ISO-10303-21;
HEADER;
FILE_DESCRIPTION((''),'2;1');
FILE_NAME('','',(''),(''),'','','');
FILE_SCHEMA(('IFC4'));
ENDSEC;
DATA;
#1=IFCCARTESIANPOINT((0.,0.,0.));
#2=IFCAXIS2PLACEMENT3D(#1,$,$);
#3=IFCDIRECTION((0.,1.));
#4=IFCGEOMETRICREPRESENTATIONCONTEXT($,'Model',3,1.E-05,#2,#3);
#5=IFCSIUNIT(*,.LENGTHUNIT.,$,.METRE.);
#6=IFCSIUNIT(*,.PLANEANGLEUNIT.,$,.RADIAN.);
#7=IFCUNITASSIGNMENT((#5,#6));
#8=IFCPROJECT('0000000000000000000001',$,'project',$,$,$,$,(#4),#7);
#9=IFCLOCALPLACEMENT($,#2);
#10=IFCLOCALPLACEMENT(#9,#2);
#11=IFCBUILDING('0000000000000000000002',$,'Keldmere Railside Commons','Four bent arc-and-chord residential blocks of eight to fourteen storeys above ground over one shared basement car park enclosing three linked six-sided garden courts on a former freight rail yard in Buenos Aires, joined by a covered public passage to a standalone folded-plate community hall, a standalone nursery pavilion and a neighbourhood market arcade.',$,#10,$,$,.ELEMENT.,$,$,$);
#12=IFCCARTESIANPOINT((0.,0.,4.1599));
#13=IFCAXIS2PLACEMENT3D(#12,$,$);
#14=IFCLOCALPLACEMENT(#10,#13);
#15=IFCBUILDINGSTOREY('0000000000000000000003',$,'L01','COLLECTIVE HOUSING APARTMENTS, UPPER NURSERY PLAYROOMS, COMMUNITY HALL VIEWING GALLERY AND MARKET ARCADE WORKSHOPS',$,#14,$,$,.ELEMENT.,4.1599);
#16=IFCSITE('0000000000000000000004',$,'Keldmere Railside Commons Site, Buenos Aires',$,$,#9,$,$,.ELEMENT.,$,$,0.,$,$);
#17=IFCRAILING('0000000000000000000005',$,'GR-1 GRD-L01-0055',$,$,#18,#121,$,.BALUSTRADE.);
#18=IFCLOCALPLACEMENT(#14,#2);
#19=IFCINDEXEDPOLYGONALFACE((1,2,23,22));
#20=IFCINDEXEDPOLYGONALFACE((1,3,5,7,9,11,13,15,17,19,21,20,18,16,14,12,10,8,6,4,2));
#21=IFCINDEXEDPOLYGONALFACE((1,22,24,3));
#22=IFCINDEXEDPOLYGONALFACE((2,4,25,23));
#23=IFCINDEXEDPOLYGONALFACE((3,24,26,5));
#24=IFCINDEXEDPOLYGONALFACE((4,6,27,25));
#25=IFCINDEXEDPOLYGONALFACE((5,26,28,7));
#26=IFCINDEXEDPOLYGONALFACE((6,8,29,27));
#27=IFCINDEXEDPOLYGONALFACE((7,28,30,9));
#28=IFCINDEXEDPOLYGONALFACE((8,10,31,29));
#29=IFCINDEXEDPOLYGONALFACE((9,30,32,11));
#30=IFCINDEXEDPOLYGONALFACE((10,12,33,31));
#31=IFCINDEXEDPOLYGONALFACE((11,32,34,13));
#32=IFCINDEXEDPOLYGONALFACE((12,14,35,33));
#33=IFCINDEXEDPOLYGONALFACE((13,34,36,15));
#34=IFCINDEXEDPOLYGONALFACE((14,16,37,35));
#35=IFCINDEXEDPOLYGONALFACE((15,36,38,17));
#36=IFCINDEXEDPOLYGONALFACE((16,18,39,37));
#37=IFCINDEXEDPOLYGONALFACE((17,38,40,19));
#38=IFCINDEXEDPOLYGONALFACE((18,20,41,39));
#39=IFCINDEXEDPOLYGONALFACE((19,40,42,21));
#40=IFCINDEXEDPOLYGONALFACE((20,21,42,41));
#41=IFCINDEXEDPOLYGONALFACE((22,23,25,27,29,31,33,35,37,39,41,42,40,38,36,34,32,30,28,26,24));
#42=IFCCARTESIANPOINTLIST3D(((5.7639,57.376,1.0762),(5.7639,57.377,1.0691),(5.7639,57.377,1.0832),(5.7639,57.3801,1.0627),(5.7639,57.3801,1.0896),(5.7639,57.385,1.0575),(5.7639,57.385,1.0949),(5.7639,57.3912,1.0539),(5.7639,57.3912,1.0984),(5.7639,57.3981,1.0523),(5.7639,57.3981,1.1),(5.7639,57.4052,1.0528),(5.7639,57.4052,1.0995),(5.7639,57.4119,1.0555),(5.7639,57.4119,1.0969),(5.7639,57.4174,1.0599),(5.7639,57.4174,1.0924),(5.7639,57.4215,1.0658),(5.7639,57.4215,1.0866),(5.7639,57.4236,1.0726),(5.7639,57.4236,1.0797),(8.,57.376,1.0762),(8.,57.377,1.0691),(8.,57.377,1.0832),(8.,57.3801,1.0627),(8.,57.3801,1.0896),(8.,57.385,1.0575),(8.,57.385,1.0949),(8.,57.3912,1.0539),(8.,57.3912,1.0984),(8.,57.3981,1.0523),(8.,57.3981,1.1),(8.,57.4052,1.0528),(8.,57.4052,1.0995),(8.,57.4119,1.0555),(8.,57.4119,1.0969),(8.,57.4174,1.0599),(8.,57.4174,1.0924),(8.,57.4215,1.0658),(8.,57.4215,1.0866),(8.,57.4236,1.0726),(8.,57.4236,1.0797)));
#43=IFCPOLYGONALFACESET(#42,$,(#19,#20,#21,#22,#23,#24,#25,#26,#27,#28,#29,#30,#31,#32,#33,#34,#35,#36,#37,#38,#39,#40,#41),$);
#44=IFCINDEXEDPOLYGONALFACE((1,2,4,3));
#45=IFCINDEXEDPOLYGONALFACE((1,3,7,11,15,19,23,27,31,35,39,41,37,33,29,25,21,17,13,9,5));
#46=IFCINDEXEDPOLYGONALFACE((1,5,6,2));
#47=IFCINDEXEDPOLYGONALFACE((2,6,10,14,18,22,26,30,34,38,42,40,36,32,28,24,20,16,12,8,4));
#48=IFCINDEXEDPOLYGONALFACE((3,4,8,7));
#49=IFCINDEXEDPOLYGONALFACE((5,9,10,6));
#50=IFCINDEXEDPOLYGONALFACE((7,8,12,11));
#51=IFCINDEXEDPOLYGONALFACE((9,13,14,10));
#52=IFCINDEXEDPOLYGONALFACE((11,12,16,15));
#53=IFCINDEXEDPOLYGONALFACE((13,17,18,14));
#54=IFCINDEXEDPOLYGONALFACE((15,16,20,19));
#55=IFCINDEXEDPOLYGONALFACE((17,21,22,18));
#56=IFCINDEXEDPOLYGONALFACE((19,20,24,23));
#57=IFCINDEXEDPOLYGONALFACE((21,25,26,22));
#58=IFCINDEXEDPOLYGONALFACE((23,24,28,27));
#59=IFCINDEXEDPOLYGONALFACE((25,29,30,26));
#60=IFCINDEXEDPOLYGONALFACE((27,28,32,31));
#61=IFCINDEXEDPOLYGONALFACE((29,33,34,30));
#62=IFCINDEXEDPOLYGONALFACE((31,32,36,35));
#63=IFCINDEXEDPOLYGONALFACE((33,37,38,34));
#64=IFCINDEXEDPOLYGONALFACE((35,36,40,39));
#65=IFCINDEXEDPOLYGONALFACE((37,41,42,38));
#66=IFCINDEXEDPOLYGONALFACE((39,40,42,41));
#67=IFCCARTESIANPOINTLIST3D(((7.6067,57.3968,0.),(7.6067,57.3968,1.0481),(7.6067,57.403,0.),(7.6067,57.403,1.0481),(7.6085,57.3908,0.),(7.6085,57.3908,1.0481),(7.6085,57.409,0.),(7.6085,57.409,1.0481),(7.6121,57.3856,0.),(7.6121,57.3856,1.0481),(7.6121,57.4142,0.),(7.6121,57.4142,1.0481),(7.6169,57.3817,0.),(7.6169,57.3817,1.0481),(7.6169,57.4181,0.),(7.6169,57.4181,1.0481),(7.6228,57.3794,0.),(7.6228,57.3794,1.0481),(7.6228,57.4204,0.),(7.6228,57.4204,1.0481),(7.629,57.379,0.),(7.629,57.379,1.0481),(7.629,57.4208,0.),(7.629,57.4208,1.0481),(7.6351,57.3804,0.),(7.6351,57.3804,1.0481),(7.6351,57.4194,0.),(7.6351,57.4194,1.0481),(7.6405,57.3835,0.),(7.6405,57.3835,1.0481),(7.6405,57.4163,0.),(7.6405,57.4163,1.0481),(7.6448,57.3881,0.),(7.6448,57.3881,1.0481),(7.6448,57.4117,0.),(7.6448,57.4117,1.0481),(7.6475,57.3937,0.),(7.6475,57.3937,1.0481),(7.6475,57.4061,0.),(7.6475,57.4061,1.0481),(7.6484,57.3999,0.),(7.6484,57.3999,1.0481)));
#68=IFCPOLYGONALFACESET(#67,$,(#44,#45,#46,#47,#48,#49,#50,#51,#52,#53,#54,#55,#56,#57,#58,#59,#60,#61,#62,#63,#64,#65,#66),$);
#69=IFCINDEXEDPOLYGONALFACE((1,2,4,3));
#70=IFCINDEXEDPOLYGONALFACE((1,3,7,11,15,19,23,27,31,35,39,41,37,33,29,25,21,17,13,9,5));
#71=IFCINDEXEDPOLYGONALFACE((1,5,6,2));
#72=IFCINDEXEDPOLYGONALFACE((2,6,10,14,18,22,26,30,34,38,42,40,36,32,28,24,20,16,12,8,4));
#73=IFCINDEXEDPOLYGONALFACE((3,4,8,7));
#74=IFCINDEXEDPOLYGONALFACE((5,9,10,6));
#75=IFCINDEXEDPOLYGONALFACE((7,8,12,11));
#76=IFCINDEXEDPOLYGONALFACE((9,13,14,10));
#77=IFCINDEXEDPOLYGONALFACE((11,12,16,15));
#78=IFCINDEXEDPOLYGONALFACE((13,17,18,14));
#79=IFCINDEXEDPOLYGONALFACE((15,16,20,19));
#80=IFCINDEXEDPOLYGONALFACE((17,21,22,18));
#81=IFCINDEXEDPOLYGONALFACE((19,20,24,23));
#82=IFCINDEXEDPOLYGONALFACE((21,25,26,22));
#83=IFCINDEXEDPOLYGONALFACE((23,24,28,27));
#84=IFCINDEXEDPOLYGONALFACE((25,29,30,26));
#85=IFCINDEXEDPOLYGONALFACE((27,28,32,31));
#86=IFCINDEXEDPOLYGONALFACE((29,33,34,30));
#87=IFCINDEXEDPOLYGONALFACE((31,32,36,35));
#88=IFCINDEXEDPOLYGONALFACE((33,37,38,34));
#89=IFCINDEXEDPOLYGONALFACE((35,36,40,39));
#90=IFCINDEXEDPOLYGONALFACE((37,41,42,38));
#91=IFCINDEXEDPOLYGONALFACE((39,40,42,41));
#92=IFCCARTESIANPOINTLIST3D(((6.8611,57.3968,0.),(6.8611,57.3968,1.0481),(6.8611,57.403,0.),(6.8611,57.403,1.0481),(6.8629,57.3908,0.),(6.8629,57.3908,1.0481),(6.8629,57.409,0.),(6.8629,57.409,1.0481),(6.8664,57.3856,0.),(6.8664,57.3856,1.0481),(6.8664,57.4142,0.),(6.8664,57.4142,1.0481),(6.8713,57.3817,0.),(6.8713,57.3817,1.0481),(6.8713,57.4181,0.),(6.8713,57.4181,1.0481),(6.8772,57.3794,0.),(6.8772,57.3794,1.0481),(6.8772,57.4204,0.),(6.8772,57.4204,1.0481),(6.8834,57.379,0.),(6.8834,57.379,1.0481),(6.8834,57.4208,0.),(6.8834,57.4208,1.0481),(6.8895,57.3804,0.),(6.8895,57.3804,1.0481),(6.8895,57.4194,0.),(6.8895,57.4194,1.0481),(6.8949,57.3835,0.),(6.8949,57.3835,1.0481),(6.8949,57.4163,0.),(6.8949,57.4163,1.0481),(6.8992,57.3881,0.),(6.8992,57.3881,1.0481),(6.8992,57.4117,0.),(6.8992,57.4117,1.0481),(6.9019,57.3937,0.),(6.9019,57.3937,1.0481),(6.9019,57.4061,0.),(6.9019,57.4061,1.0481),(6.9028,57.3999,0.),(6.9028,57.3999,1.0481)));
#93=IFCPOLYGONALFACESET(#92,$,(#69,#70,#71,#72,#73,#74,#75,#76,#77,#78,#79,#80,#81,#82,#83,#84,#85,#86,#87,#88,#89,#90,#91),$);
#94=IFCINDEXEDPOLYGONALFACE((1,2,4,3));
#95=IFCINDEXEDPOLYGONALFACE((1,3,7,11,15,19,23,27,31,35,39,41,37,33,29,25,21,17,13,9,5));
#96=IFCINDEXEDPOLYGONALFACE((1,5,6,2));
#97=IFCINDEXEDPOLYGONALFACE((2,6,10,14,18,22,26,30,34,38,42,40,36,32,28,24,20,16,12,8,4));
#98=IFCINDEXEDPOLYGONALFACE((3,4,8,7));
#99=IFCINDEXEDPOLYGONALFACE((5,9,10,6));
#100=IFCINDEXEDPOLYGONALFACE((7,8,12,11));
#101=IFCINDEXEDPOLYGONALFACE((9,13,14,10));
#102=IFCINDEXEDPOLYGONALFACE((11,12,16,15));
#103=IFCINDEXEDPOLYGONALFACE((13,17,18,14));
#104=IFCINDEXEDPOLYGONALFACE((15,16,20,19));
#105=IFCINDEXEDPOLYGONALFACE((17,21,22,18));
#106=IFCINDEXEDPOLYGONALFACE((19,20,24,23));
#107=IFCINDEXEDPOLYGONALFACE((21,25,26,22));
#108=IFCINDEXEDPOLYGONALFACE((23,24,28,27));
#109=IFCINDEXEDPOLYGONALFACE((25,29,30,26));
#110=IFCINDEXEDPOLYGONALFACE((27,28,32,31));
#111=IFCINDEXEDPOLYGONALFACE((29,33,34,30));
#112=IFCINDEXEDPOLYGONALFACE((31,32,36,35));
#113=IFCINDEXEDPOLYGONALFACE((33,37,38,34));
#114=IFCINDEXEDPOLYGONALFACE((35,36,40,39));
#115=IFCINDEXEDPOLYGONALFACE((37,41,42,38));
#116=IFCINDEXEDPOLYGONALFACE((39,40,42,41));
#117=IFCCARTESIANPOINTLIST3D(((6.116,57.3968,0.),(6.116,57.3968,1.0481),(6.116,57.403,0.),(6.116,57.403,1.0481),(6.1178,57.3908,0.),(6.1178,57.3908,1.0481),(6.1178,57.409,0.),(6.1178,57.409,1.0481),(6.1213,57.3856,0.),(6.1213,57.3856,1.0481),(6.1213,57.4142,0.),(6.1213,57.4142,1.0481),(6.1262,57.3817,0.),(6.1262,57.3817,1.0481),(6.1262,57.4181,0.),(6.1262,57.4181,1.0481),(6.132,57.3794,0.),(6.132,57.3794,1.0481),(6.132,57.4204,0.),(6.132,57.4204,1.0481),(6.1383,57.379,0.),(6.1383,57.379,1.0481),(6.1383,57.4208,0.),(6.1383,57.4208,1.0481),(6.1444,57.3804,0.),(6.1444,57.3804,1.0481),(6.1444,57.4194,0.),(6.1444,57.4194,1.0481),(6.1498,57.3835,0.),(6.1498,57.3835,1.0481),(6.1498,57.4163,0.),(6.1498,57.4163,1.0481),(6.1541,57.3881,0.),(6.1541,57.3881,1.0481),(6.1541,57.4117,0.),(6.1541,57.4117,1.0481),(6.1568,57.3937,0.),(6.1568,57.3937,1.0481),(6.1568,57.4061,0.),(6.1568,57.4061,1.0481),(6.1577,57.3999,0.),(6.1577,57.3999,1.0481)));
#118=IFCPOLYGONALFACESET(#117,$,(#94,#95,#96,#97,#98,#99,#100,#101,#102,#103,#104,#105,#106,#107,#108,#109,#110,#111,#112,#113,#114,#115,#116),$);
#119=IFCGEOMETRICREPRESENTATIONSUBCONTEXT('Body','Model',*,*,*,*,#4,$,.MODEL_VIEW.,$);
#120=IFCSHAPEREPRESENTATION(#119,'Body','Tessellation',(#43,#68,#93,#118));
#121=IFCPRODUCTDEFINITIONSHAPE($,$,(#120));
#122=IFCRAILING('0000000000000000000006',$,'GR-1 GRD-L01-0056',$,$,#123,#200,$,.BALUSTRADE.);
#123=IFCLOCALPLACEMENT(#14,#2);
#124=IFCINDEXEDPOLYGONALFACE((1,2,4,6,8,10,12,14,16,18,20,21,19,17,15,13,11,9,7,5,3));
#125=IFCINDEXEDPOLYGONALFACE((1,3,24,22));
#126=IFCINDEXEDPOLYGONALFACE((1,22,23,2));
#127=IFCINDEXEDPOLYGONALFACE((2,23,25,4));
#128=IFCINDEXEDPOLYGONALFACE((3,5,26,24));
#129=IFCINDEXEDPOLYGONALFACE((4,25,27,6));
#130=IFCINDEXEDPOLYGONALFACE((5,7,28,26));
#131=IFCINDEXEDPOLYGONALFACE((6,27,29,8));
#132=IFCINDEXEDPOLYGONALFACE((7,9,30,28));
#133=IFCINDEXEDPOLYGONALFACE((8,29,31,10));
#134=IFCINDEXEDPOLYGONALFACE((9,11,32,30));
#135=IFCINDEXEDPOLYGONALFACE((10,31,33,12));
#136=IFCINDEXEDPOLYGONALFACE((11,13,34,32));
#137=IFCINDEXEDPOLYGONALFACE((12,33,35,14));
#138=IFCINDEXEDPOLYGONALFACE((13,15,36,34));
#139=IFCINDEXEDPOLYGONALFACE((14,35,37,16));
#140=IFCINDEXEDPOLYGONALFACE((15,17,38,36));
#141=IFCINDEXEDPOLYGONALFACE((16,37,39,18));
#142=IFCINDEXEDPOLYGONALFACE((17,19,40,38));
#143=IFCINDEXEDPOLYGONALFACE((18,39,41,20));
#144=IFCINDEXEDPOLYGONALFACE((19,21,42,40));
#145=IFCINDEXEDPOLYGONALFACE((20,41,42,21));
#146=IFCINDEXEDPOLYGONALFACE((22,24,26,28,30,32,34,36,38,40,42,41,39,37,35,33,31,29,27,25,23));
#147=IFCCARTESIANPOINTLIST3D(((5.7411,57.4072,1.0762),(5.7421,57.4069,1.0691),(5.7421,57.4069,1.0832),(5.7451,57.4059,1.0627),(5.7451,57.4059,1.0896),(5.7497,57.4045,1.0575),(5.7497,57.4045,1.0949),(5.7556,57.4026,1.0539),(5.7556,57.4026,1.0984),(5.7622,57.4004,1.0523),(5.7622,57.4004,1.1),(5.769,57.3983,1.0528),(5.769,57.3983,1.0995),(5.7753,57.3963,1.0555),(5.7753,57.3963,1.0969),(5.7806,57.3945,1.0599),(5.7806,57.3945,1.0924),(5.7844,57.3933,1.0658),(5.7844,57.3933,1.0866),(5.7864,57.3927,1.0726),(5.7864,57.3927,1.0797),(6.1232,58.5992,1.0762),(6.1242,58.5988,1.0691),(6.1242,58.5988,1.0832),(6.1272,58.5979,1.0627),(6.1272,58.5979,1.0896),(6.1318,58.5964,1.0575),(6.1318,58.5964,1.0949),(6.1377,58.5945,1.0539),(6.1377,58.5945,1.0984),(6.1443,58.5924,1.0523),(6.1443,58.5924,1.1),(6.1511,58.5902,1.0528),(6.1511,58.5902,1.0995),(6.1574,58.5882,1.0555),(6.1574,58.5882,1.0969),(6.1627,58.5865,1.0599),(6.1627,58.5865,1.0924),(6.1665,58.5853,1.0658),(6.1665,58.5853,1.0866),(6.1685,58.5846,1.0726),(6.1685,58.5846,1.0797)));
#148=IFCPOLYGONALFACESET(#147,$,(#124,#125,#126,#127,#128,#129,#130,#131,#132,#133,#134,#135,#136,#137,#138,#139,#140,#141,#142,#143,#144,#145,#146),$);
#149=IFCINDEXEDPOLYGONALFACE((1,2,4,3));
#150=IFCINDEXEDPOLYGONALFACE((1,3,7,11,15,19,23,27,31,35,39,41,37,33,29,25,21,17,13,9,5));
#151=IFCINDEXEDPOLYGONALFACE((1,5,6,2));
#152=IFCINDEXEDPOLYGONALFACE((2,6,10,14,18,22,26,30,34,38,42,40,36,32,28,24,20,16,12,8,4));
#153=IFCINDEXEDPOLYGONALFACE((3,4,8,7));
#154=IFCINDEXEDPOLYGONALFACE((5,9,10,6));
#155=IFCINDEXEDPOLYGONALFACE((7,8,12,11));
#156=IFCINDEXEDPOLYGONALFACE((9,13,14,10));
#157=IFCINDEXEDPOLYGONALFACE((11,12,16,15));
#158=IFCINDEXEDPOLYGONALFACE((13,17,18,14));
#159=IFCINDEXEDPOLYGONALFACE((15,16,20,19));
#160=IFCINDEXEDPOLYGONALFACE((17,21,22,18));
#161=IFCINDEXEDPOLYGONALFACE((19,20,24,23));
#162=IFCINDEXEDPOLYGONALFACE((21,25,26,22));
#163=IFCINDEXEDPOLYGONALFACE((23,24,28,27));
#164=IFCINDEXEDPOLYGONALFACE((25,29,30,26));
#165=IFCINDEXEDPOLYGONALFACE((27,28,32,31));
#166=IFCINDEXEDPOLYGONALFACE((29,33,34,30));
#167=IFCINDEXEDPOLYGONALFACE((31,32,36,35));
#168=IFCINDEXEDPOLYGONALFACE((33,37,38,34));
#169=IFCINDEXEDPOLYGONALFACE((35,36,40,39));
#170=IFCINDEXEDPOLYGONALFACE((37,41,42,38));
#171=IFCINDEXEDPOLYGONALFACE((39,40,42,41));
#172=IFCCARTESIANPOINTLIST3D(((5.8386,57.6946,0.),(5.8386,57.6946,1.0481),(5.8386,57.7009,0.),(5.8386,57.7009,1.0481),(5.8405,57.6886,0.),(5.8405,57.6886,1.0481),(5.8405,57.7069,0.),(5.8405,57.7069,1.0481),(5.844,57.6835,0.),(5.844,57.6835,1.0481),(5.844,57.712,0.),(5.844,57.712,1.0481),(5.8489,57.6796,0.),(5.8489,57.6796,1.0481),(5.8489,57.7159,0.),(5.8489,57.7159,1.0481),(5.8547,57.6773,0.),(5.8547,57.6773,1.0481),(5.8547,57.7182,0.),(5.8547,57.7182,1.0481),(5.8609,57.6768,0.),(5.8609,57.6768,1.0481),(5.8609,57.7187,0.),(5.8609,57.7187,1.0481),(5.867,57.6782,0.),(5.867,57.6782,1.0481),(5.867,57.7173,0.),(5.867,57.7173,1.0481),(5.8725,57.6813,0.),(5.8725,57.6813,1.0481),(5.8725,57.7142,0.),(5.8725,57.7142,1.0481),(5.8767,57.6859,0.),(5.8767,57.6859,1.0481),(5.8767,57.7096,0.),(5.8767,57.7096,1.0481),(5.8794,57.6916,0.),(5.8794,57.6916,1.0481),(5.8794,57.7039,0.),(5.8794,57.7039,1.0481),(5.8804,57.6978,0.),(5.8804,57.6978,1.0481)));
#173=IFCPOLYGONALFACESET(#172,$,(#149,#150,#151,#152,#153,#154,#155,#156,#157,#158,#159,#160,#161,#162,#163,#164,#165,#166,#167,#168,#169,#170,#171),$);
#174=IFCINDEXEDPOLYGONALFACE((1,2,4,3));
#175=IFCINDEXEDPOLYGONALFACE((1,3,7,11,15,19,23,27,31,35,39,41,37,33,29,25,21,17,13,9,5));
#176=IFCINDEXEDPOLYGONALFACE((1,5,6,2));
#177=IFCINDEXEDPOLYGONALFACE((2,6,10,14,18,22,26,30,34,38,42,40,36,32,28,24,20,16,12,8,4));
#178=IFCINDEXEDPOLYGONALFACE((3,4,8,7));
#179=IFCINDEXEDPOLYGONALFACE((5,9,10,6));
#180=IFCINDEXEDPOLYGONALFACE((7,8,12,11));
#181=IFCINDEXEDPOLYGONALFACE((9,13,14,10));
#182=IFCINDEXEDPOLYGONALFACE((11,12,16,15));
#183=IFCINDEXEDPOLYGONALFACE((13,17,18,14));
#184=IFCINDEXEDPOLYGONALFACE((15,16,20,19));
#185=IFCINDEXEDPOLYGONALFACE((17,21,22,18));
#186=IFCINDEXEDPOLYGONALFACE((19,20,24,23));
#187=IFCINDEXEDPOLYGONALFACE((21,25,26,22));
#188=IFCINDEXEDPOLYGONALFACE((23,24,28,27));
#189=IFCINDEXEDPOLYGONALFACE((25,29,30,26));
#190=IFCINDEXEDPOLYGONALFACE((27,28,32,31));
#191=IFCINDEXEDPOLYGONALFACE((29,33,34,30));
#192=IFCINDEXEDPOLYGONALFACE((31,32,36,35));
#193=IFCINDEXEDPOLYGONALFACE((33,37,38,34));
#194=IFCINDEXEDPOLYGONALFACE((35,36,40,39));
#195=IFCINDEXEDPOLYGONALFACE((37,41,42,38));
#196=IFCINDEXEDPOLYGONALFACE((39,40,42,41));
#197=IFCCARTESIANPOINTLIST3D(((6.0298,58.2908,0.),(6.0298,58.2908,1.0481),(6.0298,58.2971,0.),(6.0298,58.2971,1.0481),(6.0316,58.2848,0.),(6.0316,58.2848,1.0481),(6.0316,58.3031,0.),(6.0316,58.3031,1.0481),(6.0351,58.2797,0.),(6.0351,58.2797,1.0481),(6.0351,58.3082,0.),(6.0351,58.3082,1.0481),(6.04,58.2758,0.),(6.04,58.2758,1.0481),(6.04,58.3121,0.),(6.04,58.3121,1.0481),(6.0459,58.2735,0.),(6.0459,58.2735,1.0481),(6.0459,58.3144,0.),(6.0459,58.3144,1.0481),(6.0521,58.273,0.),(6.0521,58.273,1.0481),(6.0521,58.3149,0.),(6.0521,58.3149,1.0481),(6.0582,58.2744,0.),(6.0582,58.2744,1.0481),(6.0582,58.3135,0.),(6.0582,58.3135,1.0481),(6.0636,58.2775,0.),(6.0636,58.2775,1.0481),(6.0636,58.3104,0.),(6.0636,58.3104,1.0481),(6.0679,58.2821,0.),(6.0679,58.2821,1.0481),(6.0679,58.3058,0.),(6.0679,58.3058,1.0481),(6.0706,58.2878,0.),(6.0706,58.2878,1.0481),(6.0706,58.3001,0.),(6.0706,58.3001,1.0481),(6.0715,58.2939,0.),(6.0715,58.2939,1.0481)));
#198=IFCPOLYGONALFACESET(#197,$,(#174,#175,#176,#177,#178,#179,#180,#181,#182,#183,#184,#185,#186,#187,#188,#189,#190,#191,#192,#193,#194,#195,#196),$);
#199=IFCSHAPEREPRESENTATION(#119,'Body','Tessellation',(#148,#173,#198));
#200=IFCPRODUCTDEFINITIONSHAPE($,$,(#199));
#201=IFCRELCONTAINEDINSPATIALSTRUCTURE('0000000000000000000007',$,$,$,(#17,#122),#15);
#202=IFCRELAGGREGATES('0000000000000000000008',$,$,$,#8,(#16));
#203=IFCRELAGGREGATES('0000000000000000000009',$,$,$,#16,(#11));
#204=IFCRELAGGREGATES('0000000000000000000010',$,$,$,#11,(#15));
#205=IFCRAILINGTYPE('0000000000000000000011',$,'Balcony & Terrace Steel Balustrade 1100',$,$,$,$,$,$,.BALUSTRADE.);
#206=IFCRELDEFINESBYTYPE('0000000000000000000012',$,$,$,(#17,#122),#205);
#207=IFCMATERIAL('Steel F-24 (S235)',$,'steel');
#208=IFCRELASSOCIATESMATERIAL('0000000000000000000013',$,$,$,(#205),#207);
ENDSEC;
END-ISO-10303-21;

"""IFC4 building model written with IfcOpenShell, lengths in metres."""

from ifc_helpers import new_model, si_unit, direction, frame, origin, origin_2d, place, context, subcontext, project, spatial, circle, extrude, material, type_object, element, save


model = new_model("IFC4")

# Units and contexts
model_context = context("Model", 3, precision=1e-05, world=origin(), true_north=direction((0.0, 1.0)))
body_context = subcontext(model_context, "Body", "Model", "MODEL_VIEW")
ifc_project = project(units=[si_unit("LENGTHUNIT", "METRE"), si_unit("PLANEANGLEUNIT", "RADIAN")], contexts=[model_context])

# Site, building, storey
site_placement = place(None, origin())
site = spatial("IfcSite", under=ifc_project, at=site_placement, Name="Keldmere Railside Commons Site, Buenos Aires", CompositionType="ELEMENT", RefElevation=0.0)
building_placement = place(site_placement, origin())
building = spatial("IfcBuilding", under=site, at=building_placement, Name="Keldmere Railside Commons", Description="Four bent arc-and-chord residential blocks of eight to fourteen storeys above ground over one shared basement car park enclosing three linked six-sided garden courts on a former freight rail yard in Buenos Aires, joined by a covered public passage to a standalone folded-plate community hall, a standalone nursery pavilion and a neighbourhood market arcade.", CompositionType="ELEMENT")
storey_placement = place(building_placement, frame((0.0, 0.0, 4.1599)))
storey = spatial("IfcBuildingStorey", under=building, at=storey_placement, Name="L01", Description="COLLECTIVE HOUSING APARTMENTS, UPPER NURSERY PLAYROOMS, COMMUNITY HALL VIEWING GALLERY AND MARKET ARCADE WORKSHOPS", CompositionType="ELEMENT", Elevation=4.1599)

# Railings
ifc_material_1 = material(Name="Steel F-24 (S235)", Category="steel")
railing_type = type_object("IfcRailingType", Name="Balcony & Terrace Steel Balustrade 1100", PredefinedType="BALUSTRADE", material=ifc_material_1)
railing_1_placement = place(storey_placement, frame((8.0, 57.3999, 0.0)))
element("IfcRailing", 1, at=railing_1_placement, inside=storey, type_object=railing_type, Name="GR-1 GRD-L01-0055", PredefinedType="BALUSTRADE", context=body_context, shape_type="SweptSolid", body=[
    extrude(circle(Radius=0.0239, at=origin_2d()), frame((0.0, 0.0, 1.0762), z_axis=(-1.0, 0.0, 0.0), x_axis=(0.0, -1.0, 0.0)), (0.0, 0.0, 1.0), 2.2361),
    extrude(circle(Radius=0.021, at=origin_2d()), frame((-0.3726, 0.0, 0.0)), (0.0, 0.0, 1.0), 1.0481),
    extrude(circle(Radius=0.021, at=origin_2d()), frame((-1.1182, 0.0, 0.0)), (0.0, 0.0, 1.0), 1.0481),
    extrude(circle(Radius=0.021, at=origin_2d()), frame((-1.8633, 0.0, 0.0)), (0.0, 0.0, 1.0), 1.0481),
])
railing_2_placement = place(storey_placement, frame((5.7639, 57.3999, 0.0)))
element("IfcRailing", 2, at=railing_2_placement, inside=storey, type_object=railing_type, Name="GR-1 GRD-L01-0056", PredefinedType="BALUSTRADE", context=body_context, shape_type="SweptSolid", body=[
    extrude(circle(Radius=0.0239, at=origin_2d()), frame((0.0, 0.0, 1.0762), z_axis=(0.305264, 0.952268, 0.0), x_axis=(-0.952268, 0.305264, 0.0)), (0.0, 0.0, 1.0), 1.2517),
    extrude(circle(Radius=0.021, at=origin_2d()), frame((0.0955, 0.2979, 0.0)), (0.0, 0.0, 1.0), 1.0481),
    extrude(circle(Radius=0.021, at=origin_2d()), frame((0.2866, 0.894, 0.0)), (0.0, 0.0, 1.0), 1.0481),
])

save(model, "model.ifc")
